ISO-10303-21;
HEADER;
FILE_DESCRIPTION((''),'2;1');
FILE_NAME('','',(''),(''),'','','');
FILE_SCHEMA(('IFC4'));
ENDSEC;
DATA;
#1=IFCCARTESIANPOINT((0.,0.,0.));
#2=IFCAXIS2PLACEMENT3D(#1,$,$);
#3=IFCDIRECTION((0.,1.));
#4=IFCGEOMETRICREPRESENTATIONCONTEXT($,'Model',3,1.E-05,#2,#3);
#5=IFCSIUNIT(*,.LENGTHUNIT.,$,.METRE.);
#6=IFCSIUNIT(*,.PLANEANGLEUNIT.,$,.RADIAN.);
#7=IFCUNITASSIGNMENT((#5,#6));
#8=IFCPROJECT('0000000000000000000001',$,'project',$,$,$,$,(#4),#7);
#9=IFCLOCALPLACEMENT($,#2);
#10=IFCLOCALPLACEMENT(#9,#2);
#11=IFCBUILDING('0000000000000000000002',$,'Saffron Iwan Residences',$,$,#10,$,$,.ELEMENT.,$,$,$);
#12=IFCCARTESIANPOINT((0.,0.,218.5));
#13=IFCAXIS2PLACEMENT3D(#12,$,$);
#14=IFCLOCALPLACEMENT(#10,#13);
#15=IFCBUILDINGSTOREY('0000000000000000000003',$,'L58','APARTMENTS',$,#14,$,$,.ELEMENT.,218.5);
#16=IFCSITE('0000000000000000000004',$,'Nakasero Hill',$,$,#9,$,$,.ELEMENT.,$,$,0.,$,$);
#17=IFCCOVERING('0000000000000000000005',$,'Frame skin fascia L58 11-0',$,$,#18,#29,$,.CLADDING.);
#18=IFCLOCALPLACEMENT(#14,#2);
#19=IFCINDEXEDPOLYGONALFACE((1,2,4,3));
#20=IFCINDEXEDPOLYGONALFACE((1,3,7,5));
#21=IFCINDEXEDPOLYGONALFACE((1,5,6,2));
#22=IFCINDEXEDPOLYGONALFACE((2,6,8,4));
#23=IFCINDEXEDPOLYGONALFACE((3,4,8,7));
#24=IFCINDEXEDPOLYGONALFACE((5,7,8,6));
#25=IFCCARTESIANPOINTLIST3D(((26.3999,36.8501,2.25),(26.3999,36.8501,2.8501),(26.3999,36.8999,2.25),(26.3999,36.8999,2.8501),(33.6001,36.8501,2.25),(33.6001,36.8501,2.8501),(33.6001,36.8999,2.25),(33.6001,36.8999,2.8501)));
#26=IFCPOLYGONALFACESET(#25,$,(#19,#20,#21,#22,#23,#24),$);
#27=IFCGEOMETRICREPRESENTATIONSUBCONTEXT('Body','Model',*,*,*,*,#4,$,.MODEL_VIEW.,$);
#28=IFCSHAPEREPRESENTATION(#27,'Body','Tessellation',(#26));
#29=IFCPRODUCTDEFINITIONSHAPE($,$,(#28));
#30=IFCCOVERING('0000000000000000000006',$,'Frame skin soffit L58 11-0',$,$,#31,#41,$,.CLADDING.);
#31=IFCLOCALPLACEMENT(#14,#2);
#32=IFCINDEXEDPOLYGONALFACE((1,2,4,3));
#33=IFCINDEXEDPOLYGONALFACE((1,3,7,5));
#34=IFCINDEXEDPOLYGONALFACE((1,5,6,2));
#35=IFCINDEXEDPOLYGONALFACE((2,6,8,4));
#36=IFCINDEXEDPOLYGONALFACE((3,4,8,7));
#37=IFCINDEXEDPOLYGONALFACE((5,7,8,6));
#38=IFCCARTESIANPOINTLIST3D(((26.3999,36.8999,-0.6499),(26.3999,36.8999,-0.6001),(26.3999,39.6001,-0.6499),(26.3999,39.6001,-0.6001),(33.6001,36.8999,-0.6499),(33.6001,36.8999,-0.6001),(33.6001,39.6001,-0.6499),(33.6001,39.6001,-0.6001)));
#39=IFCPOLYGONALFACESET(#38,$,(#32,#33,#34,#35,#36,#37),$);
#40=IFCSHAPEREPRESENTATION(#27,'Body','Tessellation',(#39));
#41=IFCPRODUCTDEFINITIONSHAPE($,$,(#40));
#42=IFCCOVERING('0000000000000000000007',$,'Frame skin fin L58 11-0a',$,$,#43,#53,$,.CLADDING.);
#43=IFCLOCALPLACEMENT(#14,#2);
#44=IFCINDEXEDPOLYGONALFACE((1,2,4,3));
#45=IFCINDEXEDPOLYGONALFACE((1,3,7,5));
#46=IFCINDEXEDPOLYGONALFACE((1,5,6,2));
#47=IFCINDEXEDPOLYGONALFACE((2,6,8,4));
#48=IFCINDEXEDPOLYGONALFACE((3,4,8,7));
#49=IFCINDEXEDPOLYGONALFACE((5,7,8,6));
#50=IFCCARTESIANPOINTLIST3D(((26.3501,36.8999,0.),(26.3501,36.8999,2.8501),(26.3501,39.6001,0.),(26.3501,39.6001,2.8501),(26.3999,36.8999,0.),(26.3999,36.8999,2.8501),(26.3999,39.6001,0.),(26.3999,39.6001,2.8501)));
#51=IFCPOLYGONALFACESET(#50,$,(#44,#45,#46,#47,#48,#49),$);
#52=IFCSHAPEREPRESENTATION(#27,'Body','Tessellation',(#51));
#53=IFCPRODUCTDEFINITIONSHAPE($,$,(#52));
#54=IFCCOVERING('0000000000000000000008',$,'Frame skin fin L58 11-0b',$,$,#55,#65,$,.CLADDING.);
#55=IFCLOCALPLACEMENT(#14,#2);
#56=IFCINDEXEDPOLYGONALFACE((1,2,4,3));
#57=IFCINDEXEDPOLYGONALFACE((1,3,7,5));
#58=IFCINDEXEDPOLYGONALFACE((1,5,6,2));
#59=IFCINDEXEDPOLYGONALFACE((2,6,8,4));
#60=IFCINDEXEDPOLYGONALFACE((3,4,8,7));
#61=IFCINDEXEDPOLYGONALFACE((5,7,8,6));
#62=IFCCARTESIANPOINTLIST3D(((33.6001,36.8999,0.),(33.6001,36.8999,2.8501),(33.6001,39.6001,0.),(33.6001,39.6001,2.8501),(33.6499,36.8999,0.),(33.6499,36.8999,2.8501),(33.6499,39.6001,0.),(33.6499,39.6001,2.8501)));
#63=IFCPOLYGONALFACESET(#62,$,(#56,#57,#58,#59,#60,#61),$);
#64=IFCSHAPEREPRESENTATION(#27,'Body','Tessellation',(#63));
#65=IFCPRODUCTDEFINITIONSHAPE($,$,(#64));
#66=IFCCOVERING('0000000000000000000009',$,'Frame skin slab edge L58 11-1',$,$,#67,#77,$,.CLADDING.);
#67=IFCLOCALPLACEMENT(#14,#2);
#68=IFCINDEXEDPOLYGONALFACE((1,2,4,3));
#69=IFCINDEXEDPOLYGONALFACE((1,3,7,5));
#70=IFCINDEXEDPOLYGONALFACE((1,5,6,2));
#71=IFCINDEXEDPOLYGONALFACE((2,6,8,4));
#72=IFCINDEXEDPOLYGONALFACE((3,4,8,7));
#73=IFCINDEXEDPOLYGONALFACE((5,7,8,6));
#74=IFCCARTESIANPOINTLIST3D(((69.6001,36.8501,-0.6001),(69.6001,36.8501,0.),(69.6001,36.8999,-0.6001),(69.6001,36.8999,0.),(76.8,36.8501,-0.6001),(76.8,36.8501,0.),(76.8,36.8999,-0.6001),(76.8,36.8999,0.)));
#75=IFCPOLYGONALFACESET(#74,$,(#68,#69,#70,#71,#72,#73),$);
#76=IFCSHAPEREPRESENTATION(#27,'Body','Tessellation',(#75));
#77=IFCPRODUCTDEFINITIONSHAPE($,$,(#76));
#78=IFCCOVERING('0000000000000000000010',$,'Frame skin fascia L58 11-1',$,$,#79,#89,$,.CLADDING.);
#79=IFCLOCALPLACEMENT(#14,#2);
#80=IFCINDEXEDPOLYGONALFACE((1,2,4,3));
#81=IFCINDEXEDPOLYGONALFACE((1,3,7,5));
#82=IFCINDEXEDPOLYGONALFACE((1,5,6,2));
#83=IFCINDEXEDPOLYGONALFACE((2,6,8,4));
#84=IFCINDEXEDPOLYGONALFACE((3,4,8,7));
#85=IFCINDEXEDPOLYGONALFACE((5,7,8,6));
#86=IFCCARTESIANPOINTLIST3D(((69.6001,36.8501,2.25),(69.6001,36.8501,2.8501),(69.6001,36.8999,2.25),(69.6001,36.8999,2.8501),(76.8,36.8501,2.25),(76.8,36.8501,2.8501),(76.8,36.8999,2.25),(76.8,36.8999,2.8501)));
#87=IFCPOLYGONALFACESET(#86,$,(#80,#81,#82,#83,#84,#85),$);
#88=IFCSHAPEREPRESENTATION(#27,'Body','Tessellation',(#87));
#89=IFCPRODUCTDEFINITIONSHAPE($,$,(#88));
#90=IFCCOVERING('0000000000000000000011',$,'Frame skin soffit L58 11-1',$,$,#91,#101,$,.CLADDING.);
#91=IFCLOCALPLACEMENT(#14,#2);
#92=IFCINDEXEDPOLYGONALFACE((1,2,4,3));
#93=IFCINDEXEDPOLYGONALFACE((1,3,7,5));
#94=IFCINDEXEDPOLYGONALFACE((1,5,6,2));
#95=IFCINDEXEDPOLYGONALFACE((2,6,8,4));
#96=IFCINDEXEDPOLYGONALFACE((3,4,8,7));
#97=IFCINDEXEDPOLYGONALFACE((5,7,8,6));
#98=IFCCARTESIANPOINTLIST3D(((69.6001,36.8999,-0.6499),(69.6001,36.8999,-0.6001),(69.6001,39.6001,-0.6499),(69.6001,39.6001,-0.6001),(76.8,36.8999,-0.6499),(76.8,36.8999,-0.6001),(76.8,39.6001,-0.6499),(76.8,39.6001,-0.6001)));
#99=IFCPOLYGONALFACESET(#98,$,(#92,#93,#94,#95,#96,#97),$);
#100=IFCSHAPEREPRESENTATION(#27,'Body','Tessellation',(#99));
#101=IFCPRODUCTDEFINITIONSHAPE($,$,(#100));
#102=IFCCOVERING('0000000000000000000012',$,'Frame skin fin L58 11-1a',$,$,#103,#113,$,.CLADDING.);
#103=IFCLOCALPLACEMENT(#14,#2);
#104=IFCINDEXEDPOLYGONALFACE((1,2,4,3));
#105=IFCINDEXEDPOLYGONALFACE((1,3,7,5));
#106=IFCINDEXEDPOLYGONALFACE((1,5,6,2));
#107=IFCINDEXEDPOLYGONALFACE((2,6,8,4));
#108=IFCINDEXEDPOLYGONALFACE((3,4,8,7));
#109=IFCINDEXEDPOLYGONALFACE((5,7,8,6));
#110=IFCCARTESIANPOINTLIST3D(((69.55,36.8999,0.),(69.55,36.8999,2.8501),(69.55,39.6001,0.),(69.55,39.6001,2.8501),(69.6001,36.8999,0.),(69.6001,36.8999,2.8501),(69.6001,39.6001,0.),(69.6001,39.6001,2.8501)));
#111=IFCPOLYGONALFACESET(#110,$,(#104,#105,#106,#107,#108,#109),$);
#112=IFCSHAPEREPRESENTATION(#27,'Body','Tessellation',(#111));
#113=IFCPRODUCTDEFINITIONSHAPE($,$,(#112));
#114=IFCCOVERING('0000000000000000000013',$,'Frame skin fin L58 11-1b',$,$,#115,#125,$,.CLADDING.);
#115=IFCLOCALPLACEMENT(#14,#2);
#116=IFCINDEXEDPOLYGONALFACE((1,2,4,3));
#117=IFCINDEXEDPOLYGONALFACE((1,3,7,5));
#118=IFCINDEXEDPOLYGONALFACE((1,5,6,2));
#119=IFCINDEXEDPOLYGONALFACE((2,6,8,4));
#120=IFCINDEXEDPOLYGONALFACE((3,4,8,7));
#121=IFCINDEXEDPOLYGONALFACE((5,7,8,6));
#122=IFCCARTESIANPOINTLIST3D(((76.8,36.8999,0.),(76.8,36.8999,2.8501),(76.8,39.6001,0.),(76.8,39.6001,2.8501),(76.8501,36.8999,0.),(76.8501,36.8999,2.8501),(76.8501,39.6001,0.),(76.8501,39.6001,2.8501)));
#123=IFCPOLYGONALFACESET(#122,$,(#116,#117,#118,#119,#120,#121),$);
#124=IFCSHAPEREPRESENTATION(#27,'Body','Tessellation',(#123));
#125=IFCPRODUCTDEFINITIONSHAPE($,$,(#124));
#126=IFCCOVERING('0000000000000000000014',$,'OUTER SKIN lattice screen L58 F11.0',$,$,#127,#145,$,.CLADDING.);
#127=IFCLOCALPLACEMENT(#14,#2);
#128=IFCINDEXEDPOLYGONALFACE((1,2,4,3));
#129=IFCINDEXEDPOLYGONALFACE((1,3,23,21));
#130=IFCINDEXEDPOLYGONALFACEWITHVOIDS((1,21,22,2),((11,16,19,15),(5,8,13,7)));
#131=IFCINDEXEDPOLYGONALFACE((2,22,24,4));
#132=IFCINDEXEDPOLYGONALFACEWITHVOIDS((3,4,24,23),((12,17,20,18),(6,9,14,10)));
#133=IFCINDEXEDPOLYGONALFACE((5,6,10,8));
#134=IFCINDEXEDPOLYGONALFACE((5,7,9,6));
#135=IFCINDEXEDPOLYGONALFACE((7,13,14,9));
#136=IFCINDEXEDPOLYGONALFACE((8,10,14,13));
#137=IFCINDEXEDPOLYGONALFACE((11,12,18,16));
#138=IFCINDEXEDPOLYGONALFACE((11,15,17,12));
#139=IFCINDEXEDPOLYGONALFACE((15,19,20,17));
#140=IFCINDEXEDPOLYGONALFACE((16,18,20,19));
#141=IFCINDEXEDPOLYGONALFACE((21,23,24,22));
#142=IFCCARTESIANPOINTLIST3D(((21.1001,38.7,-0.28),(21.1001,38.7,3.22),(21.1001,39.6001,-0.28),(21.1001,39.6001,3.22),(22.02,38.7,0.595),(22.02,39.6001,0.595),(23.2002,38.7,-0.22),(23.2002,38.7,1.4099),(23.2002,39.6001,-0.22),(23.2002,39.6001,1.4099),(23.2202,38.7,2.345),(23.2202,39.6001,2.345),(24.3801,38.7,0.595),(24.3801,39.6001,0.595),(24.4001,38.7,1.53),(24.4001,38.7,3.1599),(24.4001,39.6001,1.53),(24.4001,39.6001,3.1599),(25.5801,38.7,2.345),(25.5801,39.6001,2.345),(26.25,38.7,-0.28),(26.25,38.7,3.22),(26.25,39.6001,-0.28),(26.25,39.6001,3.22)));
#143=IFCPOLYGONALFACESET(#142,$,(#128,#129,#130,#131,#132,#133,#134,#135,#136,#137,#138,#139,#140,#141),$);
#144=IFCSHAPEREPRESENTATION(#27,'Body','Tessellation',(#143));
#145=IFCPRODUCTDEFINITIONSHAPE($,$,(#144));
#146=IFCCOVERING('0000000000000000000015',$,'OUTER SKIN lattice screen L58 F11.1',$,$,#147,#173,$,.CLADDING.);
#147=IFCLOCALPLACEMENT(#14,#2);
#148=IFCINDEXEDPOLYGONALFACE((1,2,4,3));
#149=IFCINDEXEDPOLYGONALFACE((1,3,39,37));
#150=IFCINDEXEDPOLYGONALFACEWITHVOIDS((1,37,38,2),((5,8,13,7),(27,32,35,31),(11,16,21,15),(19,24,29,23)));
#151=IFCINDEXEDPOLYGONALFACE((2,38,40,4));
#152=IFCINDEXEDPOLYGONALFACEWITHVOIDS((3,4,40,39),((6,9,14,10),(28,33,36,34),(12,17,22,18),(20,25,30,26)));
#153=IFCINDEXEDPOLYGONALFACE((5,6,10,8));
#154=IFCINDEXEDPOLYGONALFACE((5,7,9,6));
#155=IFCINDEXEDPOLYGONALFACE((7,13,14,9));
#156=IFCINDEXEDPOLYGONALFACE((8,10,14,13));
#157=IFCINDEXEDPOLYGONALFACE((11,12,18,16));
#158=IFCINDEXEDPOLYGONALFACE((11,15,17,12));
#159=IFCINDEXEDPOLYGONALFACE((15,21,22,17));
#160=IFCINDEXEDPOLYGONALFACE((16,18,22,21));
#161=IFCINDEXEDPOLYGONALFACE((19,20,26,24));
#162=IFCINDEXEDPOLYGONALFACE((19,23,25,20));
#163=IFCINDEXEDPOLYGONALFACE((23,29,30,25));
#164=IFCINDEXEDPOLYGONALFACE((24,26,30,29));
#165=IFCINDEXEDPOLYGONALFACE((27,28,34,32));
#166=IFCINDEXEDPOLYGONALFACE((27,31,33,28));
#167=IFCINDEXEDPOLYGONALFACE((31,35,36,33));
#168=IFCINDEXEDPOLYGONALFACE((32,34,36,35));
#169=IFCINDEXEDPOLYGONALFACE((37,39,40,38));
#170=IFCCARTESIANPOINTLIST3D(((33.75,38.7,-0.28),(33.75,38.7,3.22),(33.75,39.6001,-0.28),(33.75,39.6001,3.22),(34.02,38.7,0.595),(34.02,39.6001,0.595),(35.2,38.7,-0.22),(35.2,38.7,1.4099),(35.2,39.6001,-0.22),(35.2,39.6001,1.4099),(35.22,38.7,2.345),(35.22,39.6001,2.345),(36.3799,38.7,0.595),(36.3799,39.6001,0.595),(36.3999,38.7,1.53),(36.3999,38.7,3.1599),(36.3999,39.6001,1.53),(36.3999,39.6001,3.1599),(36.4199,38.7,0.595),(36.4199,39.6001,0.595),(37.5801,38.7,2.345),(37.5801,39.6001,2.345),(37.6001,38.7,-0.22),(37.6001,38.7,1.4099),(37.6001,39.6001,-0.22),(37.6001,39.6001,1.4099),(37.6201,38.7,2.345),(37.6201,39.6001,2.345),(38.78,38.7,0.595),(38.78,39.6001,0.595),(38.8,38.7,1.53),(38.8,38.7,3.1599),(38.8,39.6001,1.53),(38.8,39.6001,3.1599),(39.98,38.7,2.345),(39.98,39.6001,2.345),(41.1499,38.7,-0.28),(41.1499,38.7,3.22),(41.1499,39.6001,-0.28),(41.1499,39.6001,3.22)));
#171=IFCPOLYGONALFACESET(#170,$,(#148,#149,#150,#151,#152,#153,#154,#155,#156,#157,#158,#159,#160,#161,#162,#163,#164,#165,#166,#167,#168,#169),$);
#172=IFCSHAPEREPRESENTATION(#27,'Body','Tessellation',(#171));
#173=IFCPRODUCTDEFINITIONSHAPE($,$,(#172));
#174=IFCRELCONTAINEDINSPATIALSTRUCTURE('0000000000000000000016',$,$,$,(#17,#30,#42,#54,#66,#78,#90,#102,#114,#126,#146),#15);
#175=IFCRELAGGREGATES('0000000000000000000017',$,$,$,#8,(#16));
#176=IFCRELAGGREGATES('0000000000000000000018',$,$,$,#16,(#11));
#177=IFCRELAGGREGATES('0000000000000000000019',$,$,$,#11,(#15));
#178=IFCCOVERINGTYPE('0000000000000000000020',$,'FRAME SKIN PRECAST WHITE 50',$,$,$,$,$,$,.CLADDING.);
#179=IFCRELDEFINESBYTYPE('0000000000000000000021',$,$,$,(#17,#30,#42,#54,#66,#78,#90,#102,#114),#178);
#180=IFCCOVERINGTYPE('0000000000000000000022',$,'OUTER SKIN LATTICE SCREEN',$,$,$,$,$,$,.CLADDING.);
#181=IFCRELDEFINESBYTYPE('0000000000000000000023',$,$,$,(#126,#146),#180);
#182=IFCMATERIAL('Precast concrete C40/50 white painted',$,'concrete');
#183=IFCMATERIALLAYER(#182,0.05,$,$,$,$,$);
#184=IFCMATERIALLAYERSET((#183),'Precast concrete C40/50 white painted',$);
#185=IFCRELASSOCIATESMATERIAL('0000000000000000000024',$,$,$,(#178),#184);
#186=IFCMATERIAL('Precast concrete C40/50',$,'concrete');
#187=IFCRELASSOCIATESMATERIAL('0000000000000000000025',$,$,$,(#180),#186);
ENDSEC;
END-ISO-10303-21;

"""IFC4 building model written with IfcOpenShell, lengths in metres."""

from ifc_helpers import new_model, si_unit, direction, frame, origin, place, context, subcontext, project, spatial, polyline, outline, extrude, material, layer, layer_set, type_object, element, save


model = new_model("IFC4")

# Units and contexts
model_context = context("Model", 3, precision=1e-05, world=origin(), true_north=direction((0.0, 1.0)))
body_context = subcontext(model_context, "Body", "Model", "MODEL_VIEW")
ifc_project = project(units=[si_unit("LENGTHUNIT", "METRE"), si_unit("PLANEANGLEUNIT", "RADIAN")], contexts=[model_context])

# Site, building, storey
site_placement = place(None, origin())
site = spatial("IfcSite", under=ifc_project, at=site_placement, Name="Nakasero Hill", CompositionType="ELEMENT", RefElevation=0.0)
building_placement = place(site_placement, origin())
building = spatial("IfcBuilding", under=site, at=building_placement, Name="Saffron Iwan Residences", CompositionType="ELEMENT")
storey_placement = place(building_placement, frame((0.0, 0.0, 218.5)))
storey = spatial("IfcBuildingStorey", under=building, at=storey_placement, Name="L58", Description="APARTMENTS", CompositionType="ELEMENT", Elevation=218.5)

# Coverings
ifc_material_1 = material(Name="Precast concrete C40/50 white painted", Category="concrete")
ifc_layer_1 = layer(ifc_material_1, 0.05)
ifc_layer_set_1 = layer_set([ifc_layer_1], Name="Precast concrete C40/50 white painted")
covering_type_1 = type_object("IfcCoveringType", Name="FRAME SKIN PRECAST WHITE 50", PredefinedType="CLADDING", material=ifc_layer_set_1)
for number, where, name in (
    (1, (0.0, 0.0, 2.25), "Frame skin fascia L58 11-0"),
):
    element("IfcCovering", number, at=place(storey_placement, frame(where)), inside=storey, type_object=covering_type_1, Name=name, PredefinedType="CLADDING", context=body_context, shape_type="SweptSolid", body=[
        extrude(outline(polyline([(26.3999, 36.8501), (33.6001, 36.8501), (33.6001, 36.8999), (26.3999, 36.8999), (26.3999, 36.8501)])), origin(), (0.0, 0.0, 1.0), 0.6001),
    ])
covering_1_placement = place(storey_placement, frame((0.0, 0.0, -0.6499)))
element("IfcCovering", 2, at=covering_1_placement, inside=storey, type_object=covering_type_1, Name="Frame skin soffit L58 11-0", PredefinedType="CLADDING", context=body_context, shape_type="SweptSolid", body=[
    extrude(outline(polyline([(26.3999, 36.8999), (33.6001, 36.8999), (33.6001, 39.6001), (26.3999, 39.6001), (26.3999, 36.8999)])), origin(), (0.0, 0.0, 1.0), 0.0498),
])
covering_2_placement = place(storey_placement, origin())
element("IfcCovering", 3, at=covering_2_placement, inside=storey, type_object=covering_type_1, Name="Frame skin fin L58 11-0a", PredefinedType="CLADDING", context=body_context, shape_type="SweptSolid", body=[
    extrude(outline(polyline([(26.3501, 36.8999), (26.3999, 36.8999), (26.3999, 39.6001), (26.3501, 39.6001), (26.3501, 36.8999)])), origin(), (0.0, 0.0, 1.0), 2.8501),
])
covering_3_placement = place(storey_placement, origin())
element("IfcCovering", 4, at=covering_3_placement, inside=storey, type_object=covering_type_1, Name="Frame skin fin L58 11-0b", PredefinedType="CLADDING", context=body_context, shape_type="SweptSolid", body=[
    extrude(outline(polyline([(33.6001, 36.8999), (33.6499, 36.8999), (33.6499, 39.6001), (33.6001, 39.6001), (33.6001, 36.8999)])), origin(), (0.0, 0.0, 1.0), 2.8501),
])
for number, where, name in (
    (5, (0.0, 0.0, -0.6001), "Frame skin slab edge L58 11-1"),
    (6, (0.0, 0.0, 2.25), "Frame skin fascia L58 11-1"),
):
    element("IfcCovering", number, at=place(storey_placement, frame(where)), inside=storey, type_object=covering_type_1, Name=name, PredefinedType="CLADDING", context=body_context, shape_type="SweptSolid", body=[
        extrude(outline(polyline([(69.6001, 36.8501), (76.8, 36.8501), (76.8, 36.8999), (69.6001, 36.8999), (69.6001, 36.8501)])), origin(), (0.0, 0.0, 1.0), 0.6001),
    ])
covering_4_placement = place(storey_placement, frame((0.0, 0.0, -0.6499)))
element("IfcCovering", 7, at=covering_4_placement, inside=storey, type_object=covering_type_1, Name="Frame skin soffit L58 11-1", PredefinedType="CLADDING", context=body_context, shape_type="SweptSolid", body=[
    extrude(outline(polyline([(69.6001, 36.8999), (76.8, 36.8999), (76.8, 39.6001), (69.6001, 39.6001), (69.6001, 36.8999)])), origin(), (0.0, 0.0, 1.0), 0.0498),
])
covering_5_placement = place(storey_placement, origin())
element("IfcCovering", 8, at=covering_5_placement, inside=storey, type_object=covering_type_1, Name="Frame skin fin L58 11-1a", PredefinedType="CLADDING", context=body_context, shape_type="SweptSolid", body=[
    extrude(outline(polyline([(69.55, 36.8999), (69.6001, 36.8999), (69.6001, 39.6001), (69.55, 39.6001), (69.55, 36.8999)])), origin(), (0.0, 0.0, 1.0), 2.8501),
])
covering_6_placement = place(storey_placement, origin())
element("IfcCovering", 9, at=covering_6_placement, inside=storey, type_object=covering_type_1, Name="Frame skin fin L58 11-1b", PredefinedType="CLADDING", context=body_context, shape_type="SweptSolid", body=[
    extrude(outline(polyline([(76.8, 36.8999), (76.8501, 36.8999), (76.8501, 39.6001), (76.8, 39.6001), (76.8, 36.8999)])), origin(), (0.0, 0.0, 1.0), 2.8501),
])
ifc_material_2 = material(Name="Precast concrete C40/50", Category="concrete")
covering_type_2 = type_object("IfcCoveringType", Name="OUTER SKIN LATTICE SCREEN", PredefinedType="CLADDING", material=ifc_material_2)
covering_7_placement = place(storey_placement, frame((21.1001, 39.6001, -0.28), z_axis=(0.0, -1.0, 0.0), x_axis=(1.0, 0.0, 0.0)))
element("IfcCovering", 10, at=covering_7_placement, inside=storey, type_object=covering_type_2, Name="OUTER SKIN lattice screen L58 F11.0", PredefinedType="CLADDING", context=body_context, shape_type="SweptSolid", body=[
    extrude(outline(polyline([(0.0, 0.0), (5.1499, 0.0), (5.1499, 3.5), (0.0, 3.5), (0.0, 0.0)]), holes=[polyline([(0.9199, 0.875), (2.1001, 0.0601), (3.28, 0.875), (2.1001, 1.6899), (0.9199, 0.875)]), polyline([(2.1201, 2.625), (3.3, 1.8101), (4.48, 2.625), (3.3, 3.4399), (2.1201, 2.625)])]), origin(), (0.0, 0.0, 1.0), 0.9001),
])
covering_8_placement = place(storey_placement, frame((33.75, 39.6001, -0.28), z_axis=(0.0, -1.0, 0.0), x_axis=(1.0, 0.0, 0.0)))
element("IfcCovering", 11, at=covering_8_placement, inside=storey, type_object=covering_type_2, Name="OUTER SKIN lattice screen L58 F11.1", PredefinedType="CLADDING", context=body_context, shape_type="SweptSolid", body=[
    extrude(outline(polyline([(0.0, 0.0), (7.3999, 0.0), (7.3999, 3.5), (0.0, 3.5), (0.0, 0.0)]), holes=[polyline([(0.27, 0.875), (1.45, 0.0601), (2.6299, 0.875), (1.45, 1.6899), (0.27, 0.875)]), polyline([(2.6699, 0.875), (3.8501, 0.0601), (5.03, 0.875), (3.8501, 1.6899), (2.6699, 0.875)]), polyline([(1.47, 2.625), (2.6499, 1.8101), (3.8301, 2.625), (2.6499, 3.4399), (1.47, 2.625)]), polyline([(3.8701, 2.625), (5.05, 1.8101), (6.23, 2.625), (5.05, 3.4399), (3.8701, 2.625)])]), origin(), (0.0, 0.0, 1.0), 0.9001),
])

save(model, "model.ifc")
